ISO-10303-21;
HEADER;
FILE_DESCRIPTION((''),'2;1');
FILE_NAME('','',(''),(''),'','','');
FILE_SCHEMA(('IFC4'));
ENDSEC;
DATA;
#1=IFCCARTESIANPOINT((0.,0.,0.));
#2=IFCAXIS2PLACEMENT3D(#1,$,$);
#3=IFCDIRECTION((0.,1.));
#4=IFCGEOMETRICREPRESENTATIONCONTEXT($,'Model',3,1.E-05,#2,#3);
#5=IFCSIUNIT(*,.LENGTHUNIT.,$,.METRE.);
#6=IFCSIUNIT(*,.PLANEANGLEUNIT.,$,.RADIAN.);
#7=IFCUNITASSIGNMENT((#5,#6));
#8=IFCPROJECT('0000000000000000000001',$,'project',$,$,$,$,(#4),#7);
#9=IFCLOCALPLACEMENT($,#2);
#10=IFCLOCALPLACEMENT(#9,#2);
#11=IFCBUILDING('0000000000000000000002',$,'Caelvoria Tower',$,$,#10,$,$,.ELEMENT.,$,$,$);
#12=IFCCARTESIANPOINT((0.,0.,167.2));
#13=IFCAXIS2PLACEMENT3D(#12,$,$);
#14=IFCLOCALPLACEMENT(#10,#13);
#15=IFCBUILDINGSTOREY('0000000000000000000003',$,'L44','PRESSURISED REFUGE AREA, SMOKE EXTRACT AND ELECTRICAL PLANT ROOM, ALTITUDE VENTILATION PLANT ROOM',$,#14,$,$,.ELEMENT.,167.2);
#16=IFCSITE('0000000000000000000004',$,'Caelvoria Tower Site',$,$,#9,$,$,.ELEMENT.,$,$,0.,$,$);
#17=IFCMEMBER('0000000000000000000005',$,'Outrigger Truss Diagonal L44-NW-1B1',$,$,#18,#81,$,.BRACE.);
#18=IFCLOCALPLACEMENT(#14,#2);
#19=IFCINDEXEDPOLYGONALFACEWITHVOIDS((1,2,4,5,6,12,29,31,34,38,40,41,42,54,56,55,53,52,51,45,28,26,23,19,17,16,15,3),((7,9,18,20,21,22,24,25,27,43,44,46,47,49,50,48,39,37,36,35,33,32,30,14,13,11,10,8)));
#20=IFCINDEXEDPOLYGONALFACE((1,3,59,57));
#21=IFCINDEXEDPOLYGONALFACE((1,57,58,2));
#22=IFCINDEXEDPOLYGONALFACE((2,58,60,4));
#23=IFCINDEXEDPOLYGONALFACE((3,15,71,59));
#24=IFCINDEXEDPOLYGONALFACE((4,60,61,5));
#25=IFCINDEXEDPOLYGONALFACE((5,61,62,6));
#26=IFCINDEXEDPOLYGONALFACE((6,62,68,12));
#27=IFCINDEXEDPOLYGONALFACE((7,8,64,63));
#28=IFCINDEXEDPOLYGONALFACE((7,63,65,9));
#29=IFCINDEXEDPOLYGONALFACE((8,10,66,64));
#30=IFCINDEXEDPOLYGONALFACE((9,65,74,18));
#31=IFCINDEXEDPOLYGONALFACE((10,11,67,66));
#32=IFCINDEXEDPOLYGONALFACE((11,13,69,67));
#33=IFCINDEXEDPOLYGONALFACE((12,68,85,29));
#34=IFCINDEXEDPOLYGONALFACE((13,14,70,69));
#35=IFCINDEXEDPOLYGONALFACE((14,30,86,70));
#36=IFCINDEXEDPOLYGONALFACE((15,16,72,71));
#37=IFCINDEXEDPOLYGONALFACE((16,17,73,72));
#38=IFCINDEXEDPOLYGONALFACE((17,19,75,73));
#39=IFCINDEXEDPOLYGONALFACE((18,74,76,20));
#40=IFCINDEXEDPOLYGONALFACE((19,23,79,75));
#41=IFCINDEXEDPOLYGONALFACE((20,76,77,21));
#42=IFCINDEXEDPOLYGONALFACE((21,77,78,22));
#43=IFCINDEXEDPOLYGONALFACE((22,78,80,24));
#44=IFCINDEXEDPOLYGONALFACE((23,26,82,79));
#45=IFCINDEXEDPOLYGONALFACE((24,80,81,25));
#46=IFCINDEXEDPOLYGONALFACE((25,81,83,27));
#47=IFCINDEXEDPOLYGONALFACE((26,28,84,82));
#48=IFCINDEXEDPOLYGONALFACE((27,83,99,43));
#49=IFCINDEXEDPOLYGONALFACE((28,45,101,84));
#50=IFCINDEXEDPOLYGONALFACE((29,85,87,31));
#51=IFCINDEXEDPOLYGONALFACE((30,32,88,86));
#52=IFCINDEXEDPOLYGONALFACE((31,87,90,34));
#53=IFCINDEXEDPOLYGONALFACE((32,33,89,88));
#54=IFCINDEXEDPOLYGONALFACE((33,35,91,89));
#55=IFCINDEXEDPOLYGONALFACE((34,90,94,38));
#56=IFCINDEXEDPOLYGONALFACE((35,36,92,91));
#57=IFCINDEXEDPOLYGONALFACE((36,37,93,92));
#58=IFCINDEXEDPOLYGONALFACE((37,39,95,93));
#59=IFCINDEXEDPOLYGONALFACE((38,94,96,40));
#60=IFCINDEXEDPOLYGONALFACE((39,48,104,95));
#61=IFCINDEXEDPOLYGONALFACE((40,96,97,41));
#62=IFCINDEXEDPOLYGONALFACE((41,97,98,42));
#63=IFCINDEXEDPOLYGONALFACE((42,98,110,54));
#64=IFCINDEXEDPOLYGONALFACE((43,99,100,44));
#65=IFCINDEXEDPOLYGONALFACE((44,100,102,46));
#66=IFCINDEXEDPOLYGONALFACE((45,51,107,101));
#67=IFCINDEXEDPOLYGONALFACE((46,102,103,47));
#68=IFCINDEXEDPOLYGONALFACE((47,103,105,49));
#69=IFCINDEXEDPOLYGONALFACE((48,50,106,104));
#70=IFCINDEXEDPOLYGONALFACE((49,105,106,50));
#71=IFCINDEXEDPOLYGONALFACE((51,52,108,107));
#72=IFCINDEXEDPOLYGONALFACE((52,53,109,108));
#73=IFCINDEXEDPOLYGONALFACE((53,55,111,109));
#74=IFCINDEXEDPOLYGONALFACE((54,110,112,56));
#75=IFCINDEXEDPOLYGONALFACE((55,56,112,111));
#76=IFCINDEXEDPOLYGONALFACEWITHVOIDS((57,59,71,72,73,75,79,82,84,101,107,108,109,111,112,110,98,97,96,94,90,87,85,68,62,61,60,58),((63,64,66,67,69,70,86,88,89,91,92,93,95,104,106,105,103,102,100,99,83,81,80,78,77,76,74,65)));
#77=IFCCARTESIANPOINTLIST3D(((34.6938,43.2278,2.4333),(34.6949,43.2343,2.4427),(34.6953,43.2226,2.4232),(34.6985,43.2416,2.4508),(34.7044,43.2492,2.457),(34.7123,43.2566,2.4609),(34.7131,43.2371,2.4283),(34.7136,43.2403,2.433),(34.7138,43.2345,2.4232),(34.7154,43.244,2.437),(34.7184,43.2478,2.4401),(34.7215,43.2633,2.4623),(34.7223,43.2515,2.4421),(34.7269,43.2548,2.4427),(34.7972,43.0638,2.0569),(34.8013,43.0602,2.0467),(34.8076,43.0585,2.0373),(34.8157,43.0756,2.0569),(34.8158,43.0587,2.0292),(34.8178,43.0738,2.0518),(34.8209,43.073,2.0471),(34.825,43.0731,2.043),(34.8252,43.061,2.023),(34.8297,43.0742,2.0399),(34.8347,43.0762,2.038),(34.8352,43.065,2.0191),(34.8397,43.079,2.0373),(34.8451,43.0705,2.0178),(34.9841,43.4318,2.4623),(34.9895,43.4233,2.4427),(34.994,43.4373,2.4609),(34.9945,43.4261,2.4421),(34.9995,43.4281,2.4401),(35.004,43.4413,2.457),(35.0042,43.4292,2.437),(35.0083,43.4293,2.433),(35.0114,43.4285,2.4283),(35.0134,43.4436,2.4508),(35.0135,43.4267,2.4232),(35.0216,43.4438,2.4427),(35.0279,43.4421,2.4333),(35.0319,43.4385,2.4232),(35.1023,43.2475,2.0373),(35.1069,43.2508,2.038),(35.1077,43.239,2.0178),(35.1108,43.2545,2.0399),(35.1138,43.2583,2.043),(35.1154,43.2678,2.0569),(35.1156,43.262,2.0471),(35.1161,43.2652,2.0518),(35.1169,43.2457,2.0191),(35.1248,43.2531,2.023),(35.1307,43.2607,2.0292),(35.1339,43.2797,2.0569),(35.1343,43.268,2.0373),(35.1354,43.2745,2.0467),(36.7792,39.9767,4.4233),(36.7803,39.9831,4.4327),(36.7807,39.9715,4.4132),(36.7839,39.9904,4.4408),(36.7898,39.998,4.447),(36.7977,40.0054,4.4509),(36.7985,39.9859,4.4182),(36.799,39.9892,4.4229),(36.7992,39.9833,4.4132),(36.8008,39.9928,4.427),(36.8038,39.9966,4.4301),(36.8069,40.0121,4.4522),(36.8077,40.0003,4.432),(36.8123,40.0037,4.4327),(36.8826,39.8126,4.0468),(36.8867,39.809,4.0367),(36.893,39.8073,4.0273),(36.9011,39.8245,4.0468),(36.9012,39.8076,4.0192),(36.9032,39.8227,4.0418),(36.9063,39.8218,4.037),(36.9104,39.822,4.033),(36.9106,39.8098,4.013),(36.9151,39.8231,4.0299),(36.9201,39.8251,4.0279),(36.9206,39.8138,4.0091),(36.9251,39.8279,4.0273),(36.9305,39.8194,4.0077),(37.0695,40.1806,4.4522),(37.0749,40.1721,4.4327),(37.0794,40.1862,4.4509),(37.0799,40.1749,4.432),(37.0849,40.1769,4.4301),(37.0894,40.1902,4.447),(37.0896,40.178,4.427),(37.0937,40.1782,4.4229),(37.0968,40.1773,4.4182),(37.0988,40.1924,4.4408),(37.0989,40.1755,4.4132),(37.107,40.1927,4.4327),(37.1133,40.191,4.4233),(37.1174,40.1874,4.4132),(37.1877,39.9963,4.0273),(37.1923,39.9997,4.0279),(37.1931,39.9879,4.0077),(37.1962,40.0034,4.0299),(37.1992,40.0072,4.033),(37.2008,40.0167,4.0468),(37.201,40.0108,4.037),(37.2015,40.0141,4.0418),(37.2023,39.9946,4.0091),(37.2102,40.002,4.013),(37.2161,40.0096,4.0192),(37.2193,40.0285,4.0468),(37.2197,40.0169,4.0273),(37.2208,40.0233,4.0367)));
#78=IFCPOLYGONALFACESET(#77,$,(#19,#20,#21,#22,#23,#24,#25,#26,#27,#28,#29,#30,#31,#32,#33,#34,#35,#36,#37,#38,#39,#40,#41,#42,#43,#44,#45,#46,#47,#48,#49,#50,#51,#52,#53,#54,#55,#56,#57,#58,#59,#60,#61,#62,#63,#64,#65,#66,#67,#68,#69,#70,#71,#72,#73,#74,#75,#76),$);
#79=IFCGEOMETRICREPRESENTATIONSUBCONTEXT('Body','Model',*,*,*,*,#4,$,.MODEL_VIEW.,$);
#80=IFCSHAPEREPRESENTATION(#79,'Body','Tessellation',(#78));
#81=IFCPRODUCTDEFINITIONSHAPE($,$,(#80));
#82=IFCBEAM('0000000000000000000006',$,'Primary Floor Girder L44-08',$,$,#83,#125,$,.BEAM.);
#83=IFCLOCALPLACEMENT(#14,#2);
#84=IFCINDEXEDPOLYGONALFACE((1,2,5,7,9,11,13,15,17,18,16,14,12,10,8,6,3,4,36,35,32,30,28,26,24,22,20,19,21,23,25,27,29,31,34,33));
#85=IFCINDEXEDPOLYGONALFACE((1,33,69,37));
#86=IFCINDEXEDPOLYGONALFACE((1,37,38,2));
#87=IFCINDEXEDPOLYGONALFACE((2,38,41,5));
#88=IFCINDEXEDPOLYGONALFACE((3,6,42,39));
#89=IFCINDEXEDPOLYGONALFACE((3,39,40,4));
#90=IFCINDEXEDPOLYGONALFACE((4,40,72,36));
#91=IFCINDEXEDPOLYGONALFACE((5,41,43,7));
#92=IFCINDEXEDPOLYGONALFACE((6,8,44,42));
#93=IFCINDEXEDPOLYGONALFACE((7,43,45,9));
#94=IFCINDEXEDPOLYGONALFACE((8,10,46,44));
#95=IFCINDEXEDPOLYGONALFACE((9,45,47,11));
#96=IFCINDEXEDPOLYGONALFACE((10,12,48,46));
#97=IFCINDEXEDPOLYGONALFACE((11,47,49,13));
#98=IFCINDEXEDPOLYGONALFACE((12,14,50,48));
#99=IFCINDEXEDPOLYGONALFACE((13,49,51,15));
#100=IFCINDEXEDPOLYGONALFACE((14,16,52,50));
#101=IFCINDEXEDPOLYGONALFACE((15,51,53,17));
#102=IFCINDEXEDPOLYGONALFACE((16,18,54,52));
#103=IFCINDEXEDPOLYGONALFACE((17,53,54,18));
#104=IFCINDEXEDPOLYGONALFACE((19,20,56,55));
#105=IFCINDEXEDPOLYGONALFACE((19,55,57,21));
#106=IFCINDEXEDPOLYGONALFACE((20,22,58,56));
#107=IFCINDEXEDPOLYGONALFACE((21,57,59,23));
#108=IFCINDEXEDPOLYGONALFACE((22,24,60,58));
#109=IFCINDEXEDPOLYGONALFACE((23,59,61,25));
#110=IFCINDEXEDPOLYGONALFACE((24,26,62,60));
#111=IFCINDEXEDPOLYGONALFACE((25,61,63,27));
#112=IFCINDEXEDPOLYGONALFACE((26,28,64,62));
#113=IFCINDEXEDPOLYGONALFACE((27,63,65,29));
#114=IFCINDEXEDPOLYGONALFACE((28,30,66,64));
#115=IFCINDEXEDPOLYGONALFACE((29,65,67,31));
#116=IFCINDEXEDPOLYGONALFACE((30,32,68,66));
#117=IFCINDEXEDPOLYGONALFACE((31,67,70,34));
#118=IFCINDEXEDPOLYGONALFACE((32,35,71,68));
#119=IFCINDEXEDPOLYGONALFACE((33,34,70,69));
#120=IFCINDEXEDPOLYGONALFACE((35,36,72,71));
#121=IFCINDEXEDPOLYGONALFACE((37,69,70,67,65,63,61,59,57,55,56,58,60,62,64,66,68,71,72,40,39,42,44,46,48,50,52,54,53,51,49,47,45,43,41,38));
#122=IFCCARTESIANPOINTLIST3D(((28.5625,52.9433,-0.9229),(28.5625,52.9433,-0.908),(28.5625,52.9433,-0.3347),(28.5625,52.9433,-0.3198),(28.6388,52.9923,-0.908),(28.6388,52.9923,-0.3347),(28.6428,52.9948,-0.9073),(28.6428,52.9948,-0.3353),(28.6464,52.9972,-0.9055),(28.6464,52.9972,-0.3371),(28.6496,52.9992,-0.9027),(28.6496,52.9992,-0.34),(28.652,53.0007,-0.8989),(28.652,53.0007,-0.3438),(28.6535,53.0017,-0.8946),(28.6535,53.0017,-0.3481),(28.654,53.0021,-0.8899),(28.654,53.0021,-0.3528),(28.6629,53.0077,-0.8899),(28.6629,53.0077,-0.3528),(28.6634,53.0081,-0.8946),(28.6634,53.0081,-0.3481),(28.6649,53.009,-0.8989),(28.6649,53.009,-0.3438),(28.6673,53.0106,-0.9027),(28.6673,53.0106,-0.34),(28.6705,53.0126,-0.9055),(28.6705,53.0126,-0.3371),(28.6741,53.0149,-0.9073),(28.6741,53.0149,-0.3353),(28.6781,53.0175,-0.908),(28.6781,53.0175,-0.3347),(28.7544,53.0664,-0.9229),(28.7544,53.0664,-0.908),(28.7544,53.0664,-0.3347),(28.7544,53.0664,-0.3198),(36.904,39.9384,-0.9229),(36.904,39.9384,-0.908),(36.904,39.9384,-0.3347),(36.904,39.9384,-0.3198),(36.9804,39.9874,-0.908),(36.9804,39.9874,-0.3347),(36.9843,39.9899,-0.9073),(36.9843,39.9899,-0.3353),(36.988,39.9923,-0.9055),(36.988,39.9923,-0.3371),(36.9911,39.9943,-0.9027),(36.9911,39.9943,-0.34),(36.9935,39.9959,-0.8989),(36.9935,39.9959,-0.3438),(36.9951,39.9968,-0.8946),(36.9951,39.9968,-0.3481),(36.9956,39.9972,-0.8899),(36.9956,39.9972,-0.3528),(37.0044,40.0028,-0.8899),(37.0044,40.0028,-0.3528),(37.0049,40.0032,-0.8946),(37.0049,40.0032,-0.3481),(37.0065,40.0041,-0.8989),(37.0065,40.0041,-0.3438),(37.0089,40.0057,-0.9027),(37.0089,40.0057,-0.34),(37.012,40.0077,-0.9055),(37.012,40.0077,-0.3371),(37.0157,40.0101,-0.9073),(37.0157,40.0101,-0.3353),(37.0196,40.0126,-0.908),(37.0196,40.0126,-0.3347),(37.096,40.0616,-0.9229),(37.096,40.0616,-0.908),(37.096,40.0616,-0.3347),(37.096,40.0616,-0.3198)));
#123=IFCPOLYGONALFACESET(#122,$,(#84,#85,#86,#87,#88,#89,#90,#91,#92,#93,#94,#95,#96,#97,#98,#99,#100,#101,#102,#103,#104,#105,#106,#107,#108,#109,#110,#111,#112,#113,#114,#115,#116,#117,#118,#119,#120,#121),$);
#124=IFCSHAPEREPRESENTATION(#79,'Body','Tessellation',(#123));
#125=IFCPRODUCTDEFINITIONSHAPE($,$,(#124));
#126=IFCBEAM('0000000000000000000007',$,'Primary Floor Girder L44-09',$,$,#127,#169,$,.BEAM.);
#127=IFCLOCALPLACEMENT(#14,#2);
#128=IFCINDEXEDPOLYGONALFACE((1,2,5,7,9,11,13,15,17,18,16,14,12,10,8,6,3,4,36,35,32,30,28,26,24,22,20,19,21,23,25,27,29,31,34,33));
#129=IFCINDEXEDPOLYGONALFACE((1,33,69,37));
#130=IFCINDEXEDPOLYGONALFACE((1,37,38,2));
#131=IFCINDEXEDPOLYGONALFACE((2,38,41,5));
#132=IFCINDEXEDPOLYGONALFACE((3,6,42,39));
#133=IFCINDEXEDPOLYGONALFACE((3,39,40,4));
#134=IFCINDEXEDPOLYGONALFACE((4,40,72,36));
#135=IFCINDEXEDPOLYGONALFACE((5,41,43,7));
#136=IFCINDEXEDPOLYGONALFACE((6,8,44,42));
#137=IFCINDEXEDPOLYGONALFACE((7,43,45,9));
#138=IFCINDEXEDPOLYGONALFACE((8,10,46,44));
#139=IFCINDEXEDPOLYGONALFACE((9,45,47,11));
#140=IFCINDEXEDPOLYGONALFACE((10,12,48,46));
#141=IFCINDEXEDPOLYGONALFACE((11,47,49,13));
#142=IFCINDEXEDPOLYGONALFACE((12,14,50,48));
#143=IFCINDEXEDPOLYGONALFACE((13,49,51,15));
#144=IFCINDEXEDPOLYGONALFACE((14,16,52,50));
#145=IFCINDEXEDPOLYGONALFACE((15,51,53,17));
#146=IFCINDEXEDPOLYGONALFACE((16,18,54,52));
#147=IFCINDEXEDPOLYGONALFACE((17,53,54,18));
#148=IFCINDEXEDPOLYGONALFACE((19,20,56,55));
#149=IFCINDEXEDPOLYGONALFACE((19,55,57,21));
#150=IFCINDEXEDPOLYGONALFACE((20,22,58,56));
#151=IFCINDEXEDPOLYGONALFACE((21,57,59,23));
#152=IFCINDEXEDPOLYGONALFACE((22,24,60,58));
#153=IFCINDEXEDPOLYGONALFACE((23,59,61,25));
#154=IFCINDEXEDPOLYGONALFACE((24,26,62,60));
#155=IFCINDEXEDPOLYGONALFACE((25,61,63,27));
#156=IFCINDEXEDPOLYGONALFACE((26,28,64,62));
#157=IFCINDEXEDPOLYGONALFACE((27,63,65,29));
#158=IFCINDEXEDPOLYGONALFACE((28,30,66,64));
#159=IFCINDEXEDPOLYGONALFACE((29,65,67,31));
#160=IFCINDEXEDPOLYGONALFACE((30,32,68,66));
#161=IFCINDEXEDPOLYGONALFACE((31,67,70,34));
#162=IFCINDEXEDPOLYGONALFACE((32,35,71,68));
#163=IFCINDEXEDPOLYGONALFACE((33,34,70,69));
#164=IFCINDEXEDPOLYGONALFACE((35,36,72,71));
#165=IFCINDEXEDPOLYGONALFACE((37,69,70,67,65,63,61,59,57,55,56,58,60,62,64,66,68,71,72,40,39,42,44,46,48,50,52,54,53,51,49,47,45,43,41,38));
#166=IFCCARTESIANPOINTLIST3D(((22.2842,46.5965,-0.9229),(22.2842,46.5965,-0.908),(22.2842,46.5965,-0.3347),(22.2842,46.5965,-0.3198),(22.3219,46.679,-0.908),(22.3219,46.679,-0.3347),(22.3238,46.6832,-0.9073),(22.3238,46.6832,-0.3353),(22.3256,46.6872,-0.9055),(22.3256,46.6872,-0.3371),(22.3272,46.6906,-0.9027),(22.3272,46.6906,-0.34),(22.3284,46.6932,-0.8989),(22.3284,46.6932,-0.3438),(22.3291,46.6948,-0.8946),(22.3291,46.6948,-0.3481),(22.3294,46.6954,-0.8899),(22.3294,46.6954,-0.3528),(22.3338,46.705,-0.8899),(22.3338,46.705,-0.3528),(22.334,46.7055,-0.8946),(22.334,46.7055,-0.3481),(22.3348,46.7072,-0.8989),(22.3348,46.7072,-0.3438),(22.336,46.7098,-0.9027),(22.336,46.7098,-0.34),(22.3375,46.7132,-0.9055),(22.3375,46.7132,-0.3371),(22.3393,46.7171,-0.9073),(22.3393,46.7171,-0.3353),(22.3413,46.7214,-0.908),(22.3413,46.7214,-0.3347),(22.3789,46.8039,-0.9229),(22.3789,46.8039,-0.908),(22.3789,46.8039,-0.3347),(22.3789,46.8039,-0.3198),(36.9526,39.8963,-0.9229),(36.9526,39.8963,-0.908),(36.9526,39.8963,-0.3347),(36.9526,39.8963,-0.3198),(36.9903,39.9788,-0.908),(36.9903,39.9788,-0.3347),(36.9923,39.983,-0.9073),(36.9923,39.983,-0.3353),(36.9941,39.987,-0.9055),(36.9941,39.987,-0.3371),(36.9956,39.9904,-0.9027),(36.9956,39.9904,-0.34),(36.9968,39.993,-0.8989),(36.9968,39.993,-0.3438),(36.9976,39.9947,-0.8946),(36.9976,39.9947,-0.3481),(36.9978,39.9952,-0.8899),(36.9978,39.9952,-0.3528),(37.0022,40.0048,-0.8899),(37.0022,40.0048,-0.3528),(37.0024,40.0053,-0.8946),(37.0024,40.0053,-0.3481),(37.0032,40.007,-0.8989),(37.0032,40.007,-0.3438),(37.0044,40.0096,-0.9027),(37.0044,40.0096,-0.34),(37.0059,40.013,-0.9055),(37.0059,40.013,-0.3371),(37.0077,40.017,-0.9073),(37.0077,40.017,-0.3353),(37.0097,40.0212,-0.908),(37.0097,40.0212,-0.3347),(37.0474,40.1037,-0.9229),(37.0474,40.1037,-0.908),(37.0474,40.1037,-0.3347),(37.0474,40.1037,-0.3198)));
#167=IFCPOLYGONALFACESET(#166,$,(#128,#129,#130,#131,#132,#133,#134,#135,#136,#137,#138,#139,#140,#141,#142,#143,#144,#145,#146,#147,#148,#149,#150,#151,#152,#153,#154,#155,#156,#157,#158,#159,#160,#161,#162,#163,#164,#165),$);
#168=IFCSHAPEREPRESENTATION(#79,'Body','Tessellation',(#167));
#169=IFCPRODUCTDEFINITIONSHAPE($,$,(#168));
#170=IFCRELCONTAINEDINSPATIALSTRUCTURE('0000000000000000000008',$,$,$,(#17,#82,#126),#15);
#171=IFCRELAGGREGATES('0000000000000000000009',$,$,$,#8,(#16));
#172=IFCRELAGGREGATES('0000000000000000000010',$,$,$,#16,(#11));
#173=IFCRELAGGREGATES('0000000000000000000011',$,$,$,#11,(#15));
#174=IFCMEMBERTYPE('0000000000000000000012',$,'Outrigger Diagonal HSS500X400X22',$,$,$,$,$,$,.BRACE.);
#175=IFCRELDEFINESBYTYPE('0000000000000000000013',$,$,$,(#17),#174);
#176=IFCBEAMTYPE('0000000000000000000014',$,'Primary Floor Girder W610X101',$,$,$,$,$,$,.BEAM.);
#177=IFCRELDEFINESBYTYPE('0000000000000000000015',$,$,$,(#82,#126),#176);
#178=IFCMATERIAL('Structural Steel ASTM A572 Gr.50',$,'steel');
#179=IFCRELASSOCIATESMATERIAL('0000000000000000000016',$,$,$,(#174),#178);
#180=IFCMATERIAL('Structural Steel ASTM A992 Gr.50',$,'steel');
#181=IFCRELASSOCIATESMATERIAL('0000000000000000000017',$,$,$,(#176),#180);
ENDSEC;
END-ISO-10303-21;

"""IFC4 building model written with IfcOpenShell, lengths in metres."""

from ifc_helpers import new_model, si_unit, direction, frame, origin, origin_2d, place, context, subcontext, project, spatial, hollow_rectangle, i_section, extrude, material, material_profile, profile_set, type_object, element, save


model = new_model("IFC4")

# Units and contexts
model_context = context("Model", 3, precision=1e-05, world=origin(), true_north=direction((0.0, 1.0)))
body_context = subcontext(model_context, "Body", "Model", "MODEL_VIEW")
ifc_project = project(units=[si_unit("LENGTHUNIT", "METRE"), si_unit("PLANEANGLEUNIT", "RADIAN")], contexts=[model_context])

# Site, building, storey
site_placement = place(None, origin())
site = spatial("IfcSite", under=ifc_project, at=site_placement, Name="Caelvoria Tower Site", CompositionType="ELEMENT", RefElevation=0.0)
building_placement = place(site_placement, origin())
building = spatial("IfcBuilding", under=site, at=building_placement, Name="Caelvoria Tower", CompositionType="ELEMENT")
storey_placement = place(building_placement, frame((0.0, 0.0, 167.2)))
storey = spatial("IfcBuildingStorey", under=building, at=storey_placement, Name="L44", Description="PRESSURISED REFUGE AREA, SMOKE EXTRACT AND ELECTRICAL PLANT ROOM, ALTITUDE VENTILATION PLANT ROOM", CompositionType="ELEMENT", Elevation=167.2)

# Shared definitions
ifc_material_1 = material(Name="Structural Steel ASTM A992 Gr.50", Category="steel")

# Member
ifc_material_2 = material(Name="Structural Steel ASTM A572 Gr.50", Category="steel")
ifc_material_profile_1 = material_profile(ifc_material_2, hollow_rectangle(XDim=0.3999, YDim=0.5, WallThickness=0.022, InnerFilletRadius=0.022, OuterFilletRadius=0.0439, at=origin_2d()), Name="Structural Steel ASTM A572 Gr.50")
ifc_profile_set_1 = profile_set([ifc_material_profile_1], Name="HSS500X400X22 - Structural Steel ASTM A572 Gr.50")
member_type = type_object("IfcMemberType", Name="Outrigger Diagonal HSS500X400X22", PredefinedType="BRACE", material=ifc_profile_set_1)
member_1_placement = place(storey_placement, frame((37.0, 40.0, 4.23), z_axis=(-0.479958, 0.748256, -0.457989), x_axis=(-0.841722, -0.539911, 0.0)))
element("IfcMember", 1, at=member_1_placement, inside=storey, type_object=member_type, Name="Outrigger Truss Diagonal L44-NW-1B1", PredefinedType="BRACE", context=body_context, shape_type="SweptSolid", body=[
    extrude(hollow_rectangle(XDim=0.3999, YDim=0.5, WallThickness=0.022, InnerFilletRadius=0.022, OuterFilletRadius=0.0439, at=origin_2d()), origin(), (0.0, 0.0, 1.0), 4.345),
])

# Beams
ifc_material_profile_2 = material_profile(ifc_material_1, i_section(OverallWidth=0.228, OverallDepth=0.603, WebThickness=0.0105, FlangeThickness=0.0149, FilletRadius=0.0181, at=origin_2d()), Name="Structural Steel ASTM A992 Gr.50")
ifc_profile_set_2 = profile_set([ifc_material_profile_2], Name="W610X101 - Structural Steel ASTM A992 Gr.50")
beam_type_1 = type_object("IfcBeamType", Name="Primary Floor Girder W610X101", PredefinedType="BEAM", material=ifc_profile_set_2)
beam_1_placement = place(storey_placement, frame((37.0, 40.0, -0.6213), z_axis=(-0.5399, 0.841729, 0.0), x_axis=(-0.841729, -0.5399, 0.0)))
element("IfcBeam", 2, at=beam_1_placement, inside=storey, type_object=beam_type_1, Name="Primary Floor Girder L44-08", PredefinedType="BEAM", context=body_context, shape_type="SweptSolid", body=[
    extrude(i_section(OverallWidth=0.228, OverallDepth=0.603, WebThickness=0.0105, FlangeThickness=0.0149, FilletRadius=0.0181, at=origin_2d()), origin(), (0.0, 0.0, 1.0), 15.4502),
])
beam_2_placement = place(storey_placement, frame((37.0, 40.0, -0.6213), z_axis=(-0.909601, 0.415484, 0.0), x_axis=(-0.415484, -0.909601, 0.0)))
element("IfcBeam", 3, at=beam_2_placement, inside=storey, type_object=beam_type_1, Name="Primary Floor Girder L44-09", PredefinedType="BEAM", context=body_context, shape_type="SweptSolid", body=[
    extrude(i_section(OverallWidth=0.228, OverallDepth=0.603, WebThickness=0.0105, FlangeThickness=0.0149, FilletRadius=0.0181, at=origin_2d()), origin(), (0.0, 0.0, 1.0), 16.1262),
])

save(model, "model.ifc")
